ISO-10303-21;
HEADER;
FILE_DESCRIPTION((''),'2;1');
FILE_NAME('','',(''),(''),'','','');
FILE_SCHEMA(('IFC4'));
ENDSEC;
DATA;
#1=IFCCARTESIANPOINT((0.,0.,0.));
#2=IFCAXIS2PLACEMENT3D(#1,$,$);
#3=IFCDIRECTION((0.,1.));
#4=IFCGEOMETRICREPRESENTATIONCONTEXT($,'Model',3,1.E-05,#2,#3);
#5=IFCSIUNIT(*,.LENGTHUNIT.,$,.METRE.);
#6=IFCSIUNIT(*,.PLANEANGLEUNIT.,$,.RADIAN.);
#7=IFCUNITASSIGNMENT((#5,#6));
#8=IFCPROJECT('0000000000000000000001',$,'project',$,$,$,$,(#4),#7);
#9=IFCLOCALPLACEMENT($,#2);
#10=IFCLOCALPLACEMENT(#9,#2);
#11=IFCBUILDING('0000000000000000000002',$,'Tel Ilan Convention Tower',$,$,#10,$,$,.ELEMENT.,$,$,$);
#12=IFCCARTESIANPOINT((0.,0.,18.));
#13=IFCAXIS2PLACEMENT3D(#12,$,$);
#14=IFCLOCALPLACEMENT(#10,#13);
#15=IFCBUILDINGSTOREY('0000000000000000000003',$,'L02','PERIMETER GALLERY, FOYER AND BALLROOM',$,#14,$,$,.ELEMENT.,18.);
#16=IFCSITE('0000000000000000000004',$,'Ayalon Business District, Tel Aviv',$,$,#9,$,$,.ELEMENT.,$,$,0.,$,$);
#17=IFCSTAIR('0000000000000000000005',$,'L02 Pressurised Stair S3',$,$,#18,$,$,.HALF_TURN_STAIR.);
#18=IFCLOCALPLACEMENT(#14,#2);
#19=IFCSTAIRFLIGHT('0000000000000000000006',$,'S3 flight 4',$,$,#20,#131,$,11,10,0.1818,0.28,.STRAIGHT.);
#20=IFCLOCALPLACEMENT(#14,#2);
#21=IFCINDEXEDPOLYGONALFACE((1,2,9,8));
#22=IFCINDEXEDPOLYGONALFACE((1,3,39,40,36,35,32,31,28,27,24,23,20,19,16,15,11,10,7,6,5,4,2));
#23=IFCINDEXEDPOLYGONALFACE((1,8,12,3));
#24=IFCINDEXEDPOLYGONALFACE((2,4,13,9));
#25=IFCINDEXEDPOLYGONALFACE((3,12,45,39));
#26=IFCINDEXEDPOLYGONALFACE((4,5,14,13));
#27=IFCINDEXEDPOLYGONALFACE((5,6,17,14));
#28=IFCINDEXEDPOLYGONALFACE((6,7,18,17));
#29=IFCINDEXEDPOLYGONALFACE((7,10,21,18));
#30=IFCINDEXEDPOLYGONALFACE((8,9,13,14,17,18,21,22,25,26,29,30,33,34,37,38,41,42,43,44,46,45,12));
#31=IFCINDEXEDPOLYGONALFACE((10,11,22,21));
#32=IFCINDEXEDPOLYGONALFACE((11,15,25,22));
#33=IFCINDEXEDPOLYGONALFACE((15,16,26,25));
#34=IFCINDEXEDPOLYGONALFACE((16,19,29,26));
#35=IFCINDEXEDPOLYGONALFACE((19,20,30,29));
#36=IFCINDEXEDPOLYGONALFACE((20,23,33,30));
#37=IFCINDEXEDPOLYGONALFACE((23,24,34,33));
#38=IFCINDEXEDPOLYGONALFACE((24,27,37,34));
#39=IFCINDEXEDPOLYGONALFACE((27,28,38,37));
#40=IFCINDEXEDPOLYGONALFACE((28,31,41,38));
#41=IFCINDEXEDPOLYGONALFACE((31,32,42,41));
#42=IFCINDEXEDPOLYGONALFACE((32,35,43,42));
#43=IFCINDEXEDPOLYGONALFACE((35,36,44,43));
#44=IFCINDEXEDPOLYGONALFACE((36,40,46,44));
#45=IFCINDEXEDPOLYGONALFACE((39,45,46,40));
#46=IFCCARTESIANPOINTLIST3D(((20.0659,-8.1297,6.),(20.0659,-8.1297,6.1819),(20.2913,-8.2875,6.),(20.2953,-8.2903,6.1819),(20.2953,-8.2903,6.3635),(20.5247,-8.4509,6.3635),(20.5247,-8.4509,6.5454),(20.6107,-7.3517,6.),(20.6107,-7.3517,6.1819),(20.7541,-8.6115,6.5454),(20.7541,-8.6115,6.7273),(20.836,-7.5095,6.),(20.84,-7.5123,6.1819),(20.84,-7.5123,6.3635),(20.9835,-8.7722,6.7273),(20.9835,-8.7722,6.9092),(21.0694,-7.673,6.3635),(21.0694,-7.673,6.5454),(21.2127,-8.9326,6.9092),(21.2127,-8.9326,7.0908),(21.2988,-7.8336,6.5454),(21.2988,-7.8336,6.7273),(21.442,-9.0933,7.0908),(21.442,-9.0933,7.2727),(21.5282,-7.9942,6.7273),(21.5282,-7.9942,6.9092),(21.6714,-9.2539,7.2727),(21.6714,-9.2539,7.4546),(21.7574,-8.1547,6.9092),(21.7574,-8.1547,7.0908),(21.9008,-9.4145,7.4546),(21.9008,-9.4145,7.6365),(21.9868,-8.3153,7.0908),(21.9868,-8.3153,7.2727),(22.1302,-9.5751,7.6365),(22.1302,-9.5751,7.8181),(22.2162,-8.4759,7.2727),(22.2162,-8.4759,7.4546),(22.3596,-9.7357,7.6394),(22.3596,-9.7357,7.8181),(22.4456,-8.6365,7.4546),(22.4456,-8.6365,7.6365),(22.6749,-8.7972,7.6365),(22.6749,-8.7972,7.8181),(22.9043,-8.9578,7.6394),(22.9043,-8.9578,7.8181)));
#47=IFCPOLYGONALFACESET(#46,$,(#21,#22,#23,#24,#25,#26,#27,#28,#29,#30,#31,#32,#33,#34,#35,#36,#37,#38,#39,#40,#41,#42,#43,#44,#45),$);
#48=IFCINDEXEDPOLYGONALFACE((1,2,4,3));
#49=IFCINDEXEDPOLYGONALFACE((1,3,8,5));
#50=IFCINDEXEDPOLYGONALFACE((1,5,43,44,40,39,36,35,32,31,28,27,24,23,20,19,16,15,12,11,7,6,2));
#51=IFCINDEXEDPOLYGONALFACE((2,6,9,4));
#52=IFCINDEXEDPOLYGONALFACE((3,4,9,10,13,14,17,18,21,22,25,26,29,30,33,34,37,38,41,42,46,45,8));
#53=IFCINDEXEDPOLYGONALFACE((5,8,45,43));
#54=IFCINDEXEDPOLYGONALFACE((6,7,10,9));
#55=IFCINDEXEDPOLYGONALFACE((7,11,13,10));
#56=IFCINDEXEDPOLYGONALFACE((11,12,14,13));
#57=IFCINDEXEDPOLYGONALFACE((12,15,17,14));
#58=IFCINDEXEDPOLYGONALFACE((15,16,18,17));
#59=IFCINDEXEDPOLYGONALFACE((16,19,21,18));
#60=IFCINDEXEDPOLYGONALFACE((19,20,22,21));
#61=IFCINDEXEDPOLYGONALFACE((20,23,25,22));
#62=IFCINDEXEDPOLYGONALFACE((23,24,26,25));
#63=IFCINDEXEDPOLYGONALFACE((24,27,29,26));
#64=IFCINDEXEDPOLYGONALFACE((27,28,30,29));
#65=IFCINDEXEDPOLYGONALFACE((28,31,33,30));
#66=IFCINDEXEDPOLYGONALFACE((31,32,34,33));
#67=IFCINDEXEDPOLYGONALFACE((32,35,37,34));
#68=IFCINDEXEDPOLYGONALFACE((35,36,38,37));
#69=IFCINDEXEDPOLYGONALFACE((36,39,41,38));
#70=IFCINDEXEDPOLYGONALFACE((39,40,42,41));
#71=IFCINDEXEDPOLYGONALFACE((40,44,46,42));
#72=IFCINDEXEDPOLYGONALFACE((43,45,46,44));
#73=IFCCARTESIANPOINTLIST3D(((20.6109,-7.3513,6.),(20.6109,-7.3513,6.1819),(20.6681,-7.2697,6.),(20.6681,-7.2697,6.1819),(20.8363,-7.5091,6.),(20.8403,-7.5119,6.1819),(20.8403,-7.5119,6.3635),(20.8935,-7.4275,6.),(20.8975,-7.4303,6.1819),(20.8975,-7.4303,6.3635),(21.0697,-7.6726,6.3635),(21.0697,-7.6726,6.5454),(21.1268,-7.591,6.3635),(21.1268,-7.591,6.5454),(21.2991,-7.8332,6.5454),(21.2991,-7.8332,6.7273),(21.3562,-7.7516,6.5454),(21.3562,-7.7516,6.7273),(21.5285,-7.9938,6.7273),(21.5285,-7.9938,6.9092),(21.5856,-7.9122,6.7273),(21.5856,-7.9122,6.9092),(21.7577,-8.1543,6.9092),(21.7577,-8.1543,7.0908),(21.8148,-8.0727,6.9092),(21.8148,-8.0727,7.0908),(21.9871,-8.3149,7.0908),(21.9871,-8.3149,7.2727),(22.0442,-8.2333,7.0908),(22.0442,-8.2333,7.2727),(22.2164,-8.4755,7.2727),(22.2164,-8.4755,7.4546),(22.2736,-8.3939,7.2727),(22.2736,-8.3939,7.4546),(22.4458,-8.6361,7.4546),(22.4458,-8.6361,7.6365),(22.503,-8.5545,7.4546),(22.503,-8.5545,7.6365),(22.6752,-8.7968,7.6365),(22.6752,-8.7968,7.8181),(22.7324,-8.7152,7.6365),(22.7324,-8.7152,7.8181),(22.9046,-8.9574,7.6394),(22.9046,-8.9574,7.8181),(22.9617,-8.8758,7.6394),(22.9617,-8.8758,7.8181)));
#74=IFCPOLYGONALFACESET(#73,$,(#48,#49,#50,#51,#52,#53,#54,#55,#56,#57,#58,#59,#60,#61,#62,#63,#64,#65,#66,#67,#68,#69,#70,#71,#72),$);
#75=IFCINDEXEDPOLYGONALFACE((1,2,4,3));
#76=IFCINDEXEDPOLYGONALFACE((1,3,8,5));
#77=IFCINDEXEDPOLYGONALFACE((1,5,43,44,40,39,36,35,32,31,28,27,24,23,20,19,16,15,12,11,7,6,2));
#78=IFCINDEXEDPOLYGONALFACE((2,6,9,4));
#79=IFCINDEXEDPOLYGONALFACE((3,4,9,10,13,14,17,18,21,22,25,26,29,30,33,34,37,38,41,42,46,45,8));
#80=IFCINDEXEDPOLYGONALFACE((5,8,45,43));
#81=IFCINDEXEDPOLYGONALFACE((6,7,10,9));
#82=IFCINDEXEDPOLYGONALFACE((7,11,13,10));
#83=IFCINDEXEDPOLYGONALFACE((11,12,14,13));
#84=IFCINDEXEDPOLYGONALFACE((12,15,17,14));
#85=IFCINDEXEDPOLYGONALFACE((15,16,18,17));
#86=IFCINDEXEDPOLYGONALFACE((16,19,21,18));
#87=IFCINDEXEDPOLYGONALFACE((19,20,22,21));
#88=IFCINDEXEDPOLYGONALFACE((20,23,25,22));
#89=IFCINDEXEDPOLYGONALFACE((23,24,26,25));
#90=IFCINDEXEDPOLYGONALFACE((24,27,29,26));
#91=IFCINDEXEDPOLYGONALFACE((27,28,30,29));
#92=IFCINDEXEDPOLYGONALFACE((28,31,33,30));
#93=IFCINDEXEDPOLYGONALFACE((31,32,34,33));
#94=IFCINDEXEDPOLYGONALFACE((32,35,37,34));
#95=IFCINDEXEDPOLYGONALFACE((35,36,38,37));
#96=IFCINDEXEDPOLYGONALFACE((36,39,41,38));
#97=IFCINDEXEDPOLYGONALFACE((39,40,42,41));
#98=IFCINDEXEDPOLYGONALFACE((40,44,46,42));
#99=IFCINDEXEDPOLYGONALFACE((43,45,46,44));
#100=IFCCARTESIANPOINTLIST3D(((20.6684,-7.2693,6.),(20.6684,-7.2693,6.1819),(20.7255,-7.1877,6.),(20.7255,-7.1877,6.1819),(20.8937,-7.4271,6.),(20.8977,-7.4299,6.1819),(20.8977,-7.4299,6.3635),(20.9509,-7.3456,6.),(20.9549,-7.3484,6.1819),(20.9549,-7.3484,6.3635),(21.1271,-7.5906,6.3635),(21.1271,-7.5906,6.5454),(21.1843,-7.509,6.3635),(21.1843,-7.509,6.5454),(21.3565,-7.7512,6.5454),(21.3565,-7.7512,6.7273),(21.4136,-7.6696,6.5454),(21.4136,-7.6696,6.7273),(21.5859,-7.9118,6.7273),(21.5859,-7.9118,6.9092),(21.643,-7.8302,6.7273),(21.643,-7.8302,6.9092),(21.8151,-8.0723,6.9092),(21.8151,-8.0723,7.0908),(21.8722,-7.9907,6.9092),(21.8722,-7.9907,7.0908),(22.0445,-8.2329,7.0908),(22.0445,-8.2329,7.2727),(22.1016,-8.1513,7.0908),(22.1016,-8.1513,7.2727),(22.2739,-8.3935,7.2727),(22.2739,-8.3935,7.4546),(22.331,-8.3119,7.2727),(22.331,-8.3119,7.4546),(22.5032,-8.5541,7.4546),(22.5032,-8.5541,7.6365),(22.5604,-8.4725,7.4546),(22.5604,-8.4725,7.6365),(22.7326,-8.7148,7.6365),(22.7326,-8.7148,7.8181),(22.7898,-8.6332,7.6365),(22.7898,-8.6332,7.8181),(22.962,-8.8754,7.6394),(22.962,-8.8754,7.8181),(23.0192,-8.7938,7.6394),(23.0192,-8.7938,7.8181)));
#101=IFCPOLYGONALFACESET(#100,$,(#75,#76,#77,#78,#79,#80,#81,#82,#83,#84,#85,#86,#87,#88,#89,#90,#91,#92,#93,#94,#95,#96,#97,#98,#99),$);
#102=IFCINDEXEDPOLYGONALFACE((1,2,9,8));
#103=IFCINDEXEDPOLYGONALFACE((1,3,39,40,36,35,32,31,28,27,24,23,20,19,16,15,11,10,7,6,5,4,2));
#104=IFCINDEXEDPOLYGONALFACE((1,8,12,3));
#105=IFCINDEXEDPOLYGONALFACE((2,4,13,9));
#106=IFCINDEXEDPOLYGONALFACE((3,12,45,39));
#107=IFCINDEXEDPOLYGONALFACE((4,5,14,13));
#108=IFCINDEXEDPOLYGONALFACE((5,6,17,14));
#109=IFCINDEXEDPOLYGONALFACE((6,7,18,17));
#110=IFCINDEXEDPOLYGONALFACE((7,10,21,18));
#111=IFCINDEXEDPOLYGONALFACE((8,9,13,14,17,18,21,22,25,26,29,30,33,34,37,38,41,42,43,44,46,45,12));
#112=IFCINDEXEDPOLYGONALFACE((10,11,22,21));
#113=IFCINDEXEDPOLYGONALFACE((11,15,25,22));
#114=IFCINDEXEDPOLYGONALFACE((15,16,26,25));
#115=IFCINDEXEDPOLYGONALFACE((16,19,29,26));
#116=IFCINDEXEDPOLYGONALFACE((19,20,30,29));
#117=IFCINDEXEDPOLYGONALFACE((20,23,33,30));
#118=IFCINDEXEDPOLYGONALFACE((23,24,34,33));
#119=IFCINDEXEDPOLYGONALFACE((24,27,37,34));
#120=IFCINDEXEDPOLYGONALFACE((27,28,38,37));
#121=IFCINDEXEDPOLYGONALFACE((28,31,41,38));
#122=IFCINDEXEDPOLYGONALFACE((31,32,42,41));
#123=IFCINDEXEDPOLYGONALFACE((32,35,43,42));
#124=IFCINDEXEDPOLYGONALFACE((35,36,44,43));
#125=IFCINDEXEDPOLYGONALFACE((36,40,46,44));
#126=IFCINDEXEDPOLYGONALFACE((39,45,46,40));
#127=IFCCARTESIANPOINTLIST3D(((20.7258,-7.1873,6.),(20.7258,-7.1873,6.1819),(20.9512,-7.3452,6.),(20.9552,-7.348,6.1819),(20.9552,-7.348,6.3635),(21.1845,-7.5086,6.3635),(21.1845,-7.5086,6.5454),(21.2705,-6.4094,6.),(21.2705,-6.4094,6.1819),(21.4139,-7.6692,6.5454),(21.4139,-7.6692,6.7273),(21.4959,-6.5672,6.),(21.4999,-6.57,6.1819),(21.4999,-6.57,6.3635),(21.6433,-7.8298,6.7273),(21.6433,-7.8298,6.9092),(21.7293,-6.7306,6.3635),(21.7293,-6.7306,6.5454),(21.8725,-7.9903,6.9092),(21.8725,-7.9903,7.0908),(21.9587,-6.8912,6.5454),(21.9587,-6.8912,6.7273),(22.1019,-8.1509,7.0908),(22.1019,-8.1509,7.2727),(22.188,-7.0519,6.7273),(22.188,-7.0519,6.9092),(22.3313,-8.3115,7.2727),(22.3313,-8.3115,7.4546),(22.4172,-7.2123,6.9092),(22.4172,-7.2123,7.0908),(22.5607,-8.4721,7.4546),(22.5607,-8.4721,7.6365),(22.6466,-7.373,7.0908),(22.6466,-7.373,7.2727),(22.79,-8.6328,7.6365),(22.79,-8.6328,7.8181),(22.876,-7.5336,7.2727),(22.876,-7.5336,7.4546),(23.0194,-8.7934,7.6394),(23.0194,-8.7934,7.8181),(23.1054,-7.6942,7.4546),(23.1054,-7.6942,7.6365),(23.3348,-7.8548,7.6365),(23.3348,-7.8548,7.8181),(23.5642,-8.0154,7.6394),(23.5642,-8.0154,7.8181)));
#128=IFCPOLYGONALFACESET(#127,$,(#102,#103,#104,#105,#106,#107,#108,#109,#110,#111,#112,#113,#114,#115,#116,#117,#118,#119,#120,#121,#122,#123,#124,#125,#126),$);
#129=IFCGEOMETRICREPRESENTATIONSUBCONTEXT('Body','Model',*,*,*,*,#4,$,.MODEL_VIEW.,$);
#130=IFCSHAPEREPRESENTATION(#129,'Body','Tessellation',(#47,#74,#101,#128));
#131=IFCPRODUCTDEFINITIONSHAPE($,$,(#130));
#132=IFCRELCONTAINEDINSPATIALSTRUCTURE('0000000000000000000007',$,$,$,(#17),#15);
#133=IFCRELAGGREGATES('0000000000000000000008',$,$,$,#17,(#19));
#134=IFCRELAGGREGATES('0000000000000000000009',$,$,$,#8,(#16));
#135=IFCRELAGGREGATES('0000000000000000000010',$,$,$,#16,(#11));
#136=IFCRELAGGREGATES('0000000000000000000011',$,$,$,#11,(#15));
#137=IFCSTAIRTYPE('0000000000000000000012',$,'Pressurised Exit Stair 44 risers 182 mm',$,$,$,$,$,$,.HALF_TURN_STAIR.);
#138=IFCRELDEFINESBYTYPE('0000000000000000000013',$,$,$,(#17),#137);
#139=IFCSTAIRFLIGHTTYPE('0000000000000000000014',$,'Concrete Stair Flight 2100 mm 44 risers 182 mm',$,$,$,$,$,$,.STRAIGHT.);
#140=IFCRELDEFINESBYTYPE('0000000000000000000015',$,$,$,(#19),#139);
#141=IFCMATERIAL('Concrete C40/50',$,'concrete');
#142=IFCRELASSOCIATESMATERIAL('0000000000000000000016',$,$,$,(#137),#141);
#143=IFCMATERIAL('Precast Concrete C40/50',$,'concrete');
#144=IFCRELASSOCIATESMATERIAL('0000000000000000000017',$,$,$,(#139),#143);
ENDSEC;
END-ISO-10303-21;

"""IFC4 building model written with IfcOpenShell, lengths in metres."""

from ifc_helpers import new_model, si_unit, direction, frame, origin, place, context, subcontext, project, spatial, polyline, outline, extrude, material, type_object, element, aggregate, save


model = new_model("IFC4")

# Units and contexts
model_context = context("Model", 3, precision=1e-05, world=origin(), true_north=direction((0.0, 1.0)))
body_context = subcontext(model_context, "Body", "Model", "MODEL_VIEW")
ifc_project = project(units=[si_unit("LENGTHUNIT", "METRE"), si_unit("PLANEANGLEUNIT", "RADIAN")], contexts=[model_context])

# Site, building, storey
site_placement = place(None, origin())
site = spatial("IfcSite", under=ifc_project, at=site_placement, Name="Ayalon Business District, Tel Aviv", CompositionType="ELEMENT", RefElevation=0.0)
building_placement = place(site_placement, origin())
building = spatial("IfcBuilding", under=site, at=building_placement, Name="Tel Ilan Convention Tower", CompositionType="ELEMENT")
storey_placement = place(building_placement, frame((0.0, 0.0, 18.0)))
storey = spatial("IfcBuildingStorey", under=building, at=storey_placement, Name="L02", Description="PERIMETER GALLERY, FOYER AND BALLROOM", CompositionType="ELEMENT", Elevation=18.0)

# Stair, stair flight
ifc_material_1 = material(Name="Concrete C40/50", Category="concrete")
stair_type = type_object("IfcStairType", Name="Pressurised Exit Stair 44 risers 182 mm", PredefinedType="HALF_TURN_STAIR", material=ifc_material_1)
stair_placement = place(storey_placement, origin())
stair = element("IfcStair", 1, at=stair_placement, inside=storey, type_object=stair_type, Name="L02 Pressurised Stair S3", PredefinedType="HALF_TURN_STAIR")
ifc_material_2 = material(Name="Precast Concrete C40/50", Category="concrete")
stair_flight_type = type_object("IfcStairFlightType", Name="Concrete Stair Flight 2100 mm 44 risers 182 mm", PredefinedType="STRAIGHT", material=ifc_material_2)
stair_flight_1_placement = place(storey_placement, frame((20.6682, -7.2695, 6.0), z_axis=(0.0, 0.0, 1.0), x_axis=(0.819152, -0.573576, 0.0)))
stair_flight_1 = element("IfcStairFlight", 2, at=stair_flight_1_placement, type_object=stair_flight_type, Name="S3 flight 4", NumberOfRisers=11, NumberOfTreads=10, PredefinedType="STRAIGHT", RiserHeight=0.1818, TreadLength=0.28, context=body_context, shape_type="SweptSolid", body=[
    extrude(outline(polyline([(0.0, 0.0), (0.0, 0.1819), (0.28, 0.1819), (0.28, 0.3635), (0.5601, 0.3635), (0.5601, 0.5454), (0.8401, 0.5454), (0.8401, 0.7273), (1.1201, 0.7273), (1.1201, 0.9092), (1.3999, 0.9092), (1.3999, 1.0908), (1.6799, 1.0908), (1.6799, 1.2727), (1.96, 1.2727), (1.96, 1.4546), (2.24, 1.4546), (2.24, 1.6365), (2.52, 1.6365), (2.52, 1.8181), (2.8, 1.8181), (2.8, 2.0), (2.8, 1.6394), (0.2751, 0.0), (0.0, 0.0)])), frame((0.0, -0.1003, 0.0), z_axis=(0.0, -1.0, 0.0), x_axis=(1.0, 0.0, 0.0)), (0.0, 0.0, 1.0), 0.9497),
    extrude(outline(polyline([(0.0, 0.0), (0.0, 0.1819), (0.28, 0.1819), (0.28, 0.3635), (0.5601, 0.3635), (0.5601, 0.5454), (0.8401, 0.5454), (0.8401, 0.7273), (1.1201, 0.7273), (1.1201, 0.9092), (1.3999, 0.9092), (1.3999, 1.0908), (1.6799, 1.0908), (1.6799, 1.2727), (1.96, 1.2727), (1.96, 1.4546), (2.24, 1.4546), (2.24, 1.6365), (2.52, 1.6365), (2.52, 1.8181), (2.8, 1.8181), (2.8, 2.0), (2.8, 1.6394), (0.2751, 0.0), (0.0, 0.0)])), frame((0.0, -0.0002, 0.0), z_axis=(0.0, -1.0, 0.0), x_axis=(1.0, 0.0, 0.0)), (0.0, 0.0, 1.0), 0.0996),
    extrude(outline(polyline([(0.0, 0.0), (0.0, 0.1819), (0.28, 0.1819), (0.28, 0.3635), (0.5601, 0.3635), (0.5601, 0.5454), (0.8401, 0.5454), (0.8401, 0.7273), (1.1201, 0.7273), (1.1201, 0.9092), (1.3999, 0.9092), (1.3999, 1.0908), (1.6799, 1.0908), (1.6799, 1.2727), (1.96, 1.2727), (1.96, 1.4546), (2.24, 1.4546), (2.24, 1.6365), (2.52, 1.6365), (2.52, 1.8181), (2.8, 1.8181), (2.8, 2.0), (2.8, 1.6394), (0.2751, 0.0), (0.0, 0.0)])), frame((0.0, 0.0999, 0.0), z_axis=(0.0, -1.0, 0.0), x_axis=(1.0, 0.0, 0.0)), (0.0, 0.0, 1.0), 0.0996),
    extrude(outline(polyline([(0.0, 0.0), (0.0, 0.1819), (0.28, 0.1819), (0.28, 0.3635), (0.5601, 0.3635), (0.5601, 0.5454), (0.8401, 0.5454), (0.8401, 0.7273), (1.1201, 0.7273), (1.1201, 0.9092), (1.3999, 0.9092), (1.3999, 1.0908), (1.6799, 1.0908), (1.6799, 1.2727), (1.96, 1.2727), (1.96, 1.4546), (2.24, 1.4546), (2.24, 1.6365), (2.52, 1.6365), (2.52, 1.8181), (2.8, 1.8181), (2.8, 2.0), (2.8, 1.6394), (0.2751, 0.0), (0.0, 0.0)])), frame((0.0, 1.05, 0.0), z_axis=(0.0, -1.0, 0.0), x_axis=(1.0, 0.0, 0.0)), (0.0, 0.0, 1.0), 0.9497),
])
aggregate(stair, [stair_flight_1])

save(model, "model.ifc")
